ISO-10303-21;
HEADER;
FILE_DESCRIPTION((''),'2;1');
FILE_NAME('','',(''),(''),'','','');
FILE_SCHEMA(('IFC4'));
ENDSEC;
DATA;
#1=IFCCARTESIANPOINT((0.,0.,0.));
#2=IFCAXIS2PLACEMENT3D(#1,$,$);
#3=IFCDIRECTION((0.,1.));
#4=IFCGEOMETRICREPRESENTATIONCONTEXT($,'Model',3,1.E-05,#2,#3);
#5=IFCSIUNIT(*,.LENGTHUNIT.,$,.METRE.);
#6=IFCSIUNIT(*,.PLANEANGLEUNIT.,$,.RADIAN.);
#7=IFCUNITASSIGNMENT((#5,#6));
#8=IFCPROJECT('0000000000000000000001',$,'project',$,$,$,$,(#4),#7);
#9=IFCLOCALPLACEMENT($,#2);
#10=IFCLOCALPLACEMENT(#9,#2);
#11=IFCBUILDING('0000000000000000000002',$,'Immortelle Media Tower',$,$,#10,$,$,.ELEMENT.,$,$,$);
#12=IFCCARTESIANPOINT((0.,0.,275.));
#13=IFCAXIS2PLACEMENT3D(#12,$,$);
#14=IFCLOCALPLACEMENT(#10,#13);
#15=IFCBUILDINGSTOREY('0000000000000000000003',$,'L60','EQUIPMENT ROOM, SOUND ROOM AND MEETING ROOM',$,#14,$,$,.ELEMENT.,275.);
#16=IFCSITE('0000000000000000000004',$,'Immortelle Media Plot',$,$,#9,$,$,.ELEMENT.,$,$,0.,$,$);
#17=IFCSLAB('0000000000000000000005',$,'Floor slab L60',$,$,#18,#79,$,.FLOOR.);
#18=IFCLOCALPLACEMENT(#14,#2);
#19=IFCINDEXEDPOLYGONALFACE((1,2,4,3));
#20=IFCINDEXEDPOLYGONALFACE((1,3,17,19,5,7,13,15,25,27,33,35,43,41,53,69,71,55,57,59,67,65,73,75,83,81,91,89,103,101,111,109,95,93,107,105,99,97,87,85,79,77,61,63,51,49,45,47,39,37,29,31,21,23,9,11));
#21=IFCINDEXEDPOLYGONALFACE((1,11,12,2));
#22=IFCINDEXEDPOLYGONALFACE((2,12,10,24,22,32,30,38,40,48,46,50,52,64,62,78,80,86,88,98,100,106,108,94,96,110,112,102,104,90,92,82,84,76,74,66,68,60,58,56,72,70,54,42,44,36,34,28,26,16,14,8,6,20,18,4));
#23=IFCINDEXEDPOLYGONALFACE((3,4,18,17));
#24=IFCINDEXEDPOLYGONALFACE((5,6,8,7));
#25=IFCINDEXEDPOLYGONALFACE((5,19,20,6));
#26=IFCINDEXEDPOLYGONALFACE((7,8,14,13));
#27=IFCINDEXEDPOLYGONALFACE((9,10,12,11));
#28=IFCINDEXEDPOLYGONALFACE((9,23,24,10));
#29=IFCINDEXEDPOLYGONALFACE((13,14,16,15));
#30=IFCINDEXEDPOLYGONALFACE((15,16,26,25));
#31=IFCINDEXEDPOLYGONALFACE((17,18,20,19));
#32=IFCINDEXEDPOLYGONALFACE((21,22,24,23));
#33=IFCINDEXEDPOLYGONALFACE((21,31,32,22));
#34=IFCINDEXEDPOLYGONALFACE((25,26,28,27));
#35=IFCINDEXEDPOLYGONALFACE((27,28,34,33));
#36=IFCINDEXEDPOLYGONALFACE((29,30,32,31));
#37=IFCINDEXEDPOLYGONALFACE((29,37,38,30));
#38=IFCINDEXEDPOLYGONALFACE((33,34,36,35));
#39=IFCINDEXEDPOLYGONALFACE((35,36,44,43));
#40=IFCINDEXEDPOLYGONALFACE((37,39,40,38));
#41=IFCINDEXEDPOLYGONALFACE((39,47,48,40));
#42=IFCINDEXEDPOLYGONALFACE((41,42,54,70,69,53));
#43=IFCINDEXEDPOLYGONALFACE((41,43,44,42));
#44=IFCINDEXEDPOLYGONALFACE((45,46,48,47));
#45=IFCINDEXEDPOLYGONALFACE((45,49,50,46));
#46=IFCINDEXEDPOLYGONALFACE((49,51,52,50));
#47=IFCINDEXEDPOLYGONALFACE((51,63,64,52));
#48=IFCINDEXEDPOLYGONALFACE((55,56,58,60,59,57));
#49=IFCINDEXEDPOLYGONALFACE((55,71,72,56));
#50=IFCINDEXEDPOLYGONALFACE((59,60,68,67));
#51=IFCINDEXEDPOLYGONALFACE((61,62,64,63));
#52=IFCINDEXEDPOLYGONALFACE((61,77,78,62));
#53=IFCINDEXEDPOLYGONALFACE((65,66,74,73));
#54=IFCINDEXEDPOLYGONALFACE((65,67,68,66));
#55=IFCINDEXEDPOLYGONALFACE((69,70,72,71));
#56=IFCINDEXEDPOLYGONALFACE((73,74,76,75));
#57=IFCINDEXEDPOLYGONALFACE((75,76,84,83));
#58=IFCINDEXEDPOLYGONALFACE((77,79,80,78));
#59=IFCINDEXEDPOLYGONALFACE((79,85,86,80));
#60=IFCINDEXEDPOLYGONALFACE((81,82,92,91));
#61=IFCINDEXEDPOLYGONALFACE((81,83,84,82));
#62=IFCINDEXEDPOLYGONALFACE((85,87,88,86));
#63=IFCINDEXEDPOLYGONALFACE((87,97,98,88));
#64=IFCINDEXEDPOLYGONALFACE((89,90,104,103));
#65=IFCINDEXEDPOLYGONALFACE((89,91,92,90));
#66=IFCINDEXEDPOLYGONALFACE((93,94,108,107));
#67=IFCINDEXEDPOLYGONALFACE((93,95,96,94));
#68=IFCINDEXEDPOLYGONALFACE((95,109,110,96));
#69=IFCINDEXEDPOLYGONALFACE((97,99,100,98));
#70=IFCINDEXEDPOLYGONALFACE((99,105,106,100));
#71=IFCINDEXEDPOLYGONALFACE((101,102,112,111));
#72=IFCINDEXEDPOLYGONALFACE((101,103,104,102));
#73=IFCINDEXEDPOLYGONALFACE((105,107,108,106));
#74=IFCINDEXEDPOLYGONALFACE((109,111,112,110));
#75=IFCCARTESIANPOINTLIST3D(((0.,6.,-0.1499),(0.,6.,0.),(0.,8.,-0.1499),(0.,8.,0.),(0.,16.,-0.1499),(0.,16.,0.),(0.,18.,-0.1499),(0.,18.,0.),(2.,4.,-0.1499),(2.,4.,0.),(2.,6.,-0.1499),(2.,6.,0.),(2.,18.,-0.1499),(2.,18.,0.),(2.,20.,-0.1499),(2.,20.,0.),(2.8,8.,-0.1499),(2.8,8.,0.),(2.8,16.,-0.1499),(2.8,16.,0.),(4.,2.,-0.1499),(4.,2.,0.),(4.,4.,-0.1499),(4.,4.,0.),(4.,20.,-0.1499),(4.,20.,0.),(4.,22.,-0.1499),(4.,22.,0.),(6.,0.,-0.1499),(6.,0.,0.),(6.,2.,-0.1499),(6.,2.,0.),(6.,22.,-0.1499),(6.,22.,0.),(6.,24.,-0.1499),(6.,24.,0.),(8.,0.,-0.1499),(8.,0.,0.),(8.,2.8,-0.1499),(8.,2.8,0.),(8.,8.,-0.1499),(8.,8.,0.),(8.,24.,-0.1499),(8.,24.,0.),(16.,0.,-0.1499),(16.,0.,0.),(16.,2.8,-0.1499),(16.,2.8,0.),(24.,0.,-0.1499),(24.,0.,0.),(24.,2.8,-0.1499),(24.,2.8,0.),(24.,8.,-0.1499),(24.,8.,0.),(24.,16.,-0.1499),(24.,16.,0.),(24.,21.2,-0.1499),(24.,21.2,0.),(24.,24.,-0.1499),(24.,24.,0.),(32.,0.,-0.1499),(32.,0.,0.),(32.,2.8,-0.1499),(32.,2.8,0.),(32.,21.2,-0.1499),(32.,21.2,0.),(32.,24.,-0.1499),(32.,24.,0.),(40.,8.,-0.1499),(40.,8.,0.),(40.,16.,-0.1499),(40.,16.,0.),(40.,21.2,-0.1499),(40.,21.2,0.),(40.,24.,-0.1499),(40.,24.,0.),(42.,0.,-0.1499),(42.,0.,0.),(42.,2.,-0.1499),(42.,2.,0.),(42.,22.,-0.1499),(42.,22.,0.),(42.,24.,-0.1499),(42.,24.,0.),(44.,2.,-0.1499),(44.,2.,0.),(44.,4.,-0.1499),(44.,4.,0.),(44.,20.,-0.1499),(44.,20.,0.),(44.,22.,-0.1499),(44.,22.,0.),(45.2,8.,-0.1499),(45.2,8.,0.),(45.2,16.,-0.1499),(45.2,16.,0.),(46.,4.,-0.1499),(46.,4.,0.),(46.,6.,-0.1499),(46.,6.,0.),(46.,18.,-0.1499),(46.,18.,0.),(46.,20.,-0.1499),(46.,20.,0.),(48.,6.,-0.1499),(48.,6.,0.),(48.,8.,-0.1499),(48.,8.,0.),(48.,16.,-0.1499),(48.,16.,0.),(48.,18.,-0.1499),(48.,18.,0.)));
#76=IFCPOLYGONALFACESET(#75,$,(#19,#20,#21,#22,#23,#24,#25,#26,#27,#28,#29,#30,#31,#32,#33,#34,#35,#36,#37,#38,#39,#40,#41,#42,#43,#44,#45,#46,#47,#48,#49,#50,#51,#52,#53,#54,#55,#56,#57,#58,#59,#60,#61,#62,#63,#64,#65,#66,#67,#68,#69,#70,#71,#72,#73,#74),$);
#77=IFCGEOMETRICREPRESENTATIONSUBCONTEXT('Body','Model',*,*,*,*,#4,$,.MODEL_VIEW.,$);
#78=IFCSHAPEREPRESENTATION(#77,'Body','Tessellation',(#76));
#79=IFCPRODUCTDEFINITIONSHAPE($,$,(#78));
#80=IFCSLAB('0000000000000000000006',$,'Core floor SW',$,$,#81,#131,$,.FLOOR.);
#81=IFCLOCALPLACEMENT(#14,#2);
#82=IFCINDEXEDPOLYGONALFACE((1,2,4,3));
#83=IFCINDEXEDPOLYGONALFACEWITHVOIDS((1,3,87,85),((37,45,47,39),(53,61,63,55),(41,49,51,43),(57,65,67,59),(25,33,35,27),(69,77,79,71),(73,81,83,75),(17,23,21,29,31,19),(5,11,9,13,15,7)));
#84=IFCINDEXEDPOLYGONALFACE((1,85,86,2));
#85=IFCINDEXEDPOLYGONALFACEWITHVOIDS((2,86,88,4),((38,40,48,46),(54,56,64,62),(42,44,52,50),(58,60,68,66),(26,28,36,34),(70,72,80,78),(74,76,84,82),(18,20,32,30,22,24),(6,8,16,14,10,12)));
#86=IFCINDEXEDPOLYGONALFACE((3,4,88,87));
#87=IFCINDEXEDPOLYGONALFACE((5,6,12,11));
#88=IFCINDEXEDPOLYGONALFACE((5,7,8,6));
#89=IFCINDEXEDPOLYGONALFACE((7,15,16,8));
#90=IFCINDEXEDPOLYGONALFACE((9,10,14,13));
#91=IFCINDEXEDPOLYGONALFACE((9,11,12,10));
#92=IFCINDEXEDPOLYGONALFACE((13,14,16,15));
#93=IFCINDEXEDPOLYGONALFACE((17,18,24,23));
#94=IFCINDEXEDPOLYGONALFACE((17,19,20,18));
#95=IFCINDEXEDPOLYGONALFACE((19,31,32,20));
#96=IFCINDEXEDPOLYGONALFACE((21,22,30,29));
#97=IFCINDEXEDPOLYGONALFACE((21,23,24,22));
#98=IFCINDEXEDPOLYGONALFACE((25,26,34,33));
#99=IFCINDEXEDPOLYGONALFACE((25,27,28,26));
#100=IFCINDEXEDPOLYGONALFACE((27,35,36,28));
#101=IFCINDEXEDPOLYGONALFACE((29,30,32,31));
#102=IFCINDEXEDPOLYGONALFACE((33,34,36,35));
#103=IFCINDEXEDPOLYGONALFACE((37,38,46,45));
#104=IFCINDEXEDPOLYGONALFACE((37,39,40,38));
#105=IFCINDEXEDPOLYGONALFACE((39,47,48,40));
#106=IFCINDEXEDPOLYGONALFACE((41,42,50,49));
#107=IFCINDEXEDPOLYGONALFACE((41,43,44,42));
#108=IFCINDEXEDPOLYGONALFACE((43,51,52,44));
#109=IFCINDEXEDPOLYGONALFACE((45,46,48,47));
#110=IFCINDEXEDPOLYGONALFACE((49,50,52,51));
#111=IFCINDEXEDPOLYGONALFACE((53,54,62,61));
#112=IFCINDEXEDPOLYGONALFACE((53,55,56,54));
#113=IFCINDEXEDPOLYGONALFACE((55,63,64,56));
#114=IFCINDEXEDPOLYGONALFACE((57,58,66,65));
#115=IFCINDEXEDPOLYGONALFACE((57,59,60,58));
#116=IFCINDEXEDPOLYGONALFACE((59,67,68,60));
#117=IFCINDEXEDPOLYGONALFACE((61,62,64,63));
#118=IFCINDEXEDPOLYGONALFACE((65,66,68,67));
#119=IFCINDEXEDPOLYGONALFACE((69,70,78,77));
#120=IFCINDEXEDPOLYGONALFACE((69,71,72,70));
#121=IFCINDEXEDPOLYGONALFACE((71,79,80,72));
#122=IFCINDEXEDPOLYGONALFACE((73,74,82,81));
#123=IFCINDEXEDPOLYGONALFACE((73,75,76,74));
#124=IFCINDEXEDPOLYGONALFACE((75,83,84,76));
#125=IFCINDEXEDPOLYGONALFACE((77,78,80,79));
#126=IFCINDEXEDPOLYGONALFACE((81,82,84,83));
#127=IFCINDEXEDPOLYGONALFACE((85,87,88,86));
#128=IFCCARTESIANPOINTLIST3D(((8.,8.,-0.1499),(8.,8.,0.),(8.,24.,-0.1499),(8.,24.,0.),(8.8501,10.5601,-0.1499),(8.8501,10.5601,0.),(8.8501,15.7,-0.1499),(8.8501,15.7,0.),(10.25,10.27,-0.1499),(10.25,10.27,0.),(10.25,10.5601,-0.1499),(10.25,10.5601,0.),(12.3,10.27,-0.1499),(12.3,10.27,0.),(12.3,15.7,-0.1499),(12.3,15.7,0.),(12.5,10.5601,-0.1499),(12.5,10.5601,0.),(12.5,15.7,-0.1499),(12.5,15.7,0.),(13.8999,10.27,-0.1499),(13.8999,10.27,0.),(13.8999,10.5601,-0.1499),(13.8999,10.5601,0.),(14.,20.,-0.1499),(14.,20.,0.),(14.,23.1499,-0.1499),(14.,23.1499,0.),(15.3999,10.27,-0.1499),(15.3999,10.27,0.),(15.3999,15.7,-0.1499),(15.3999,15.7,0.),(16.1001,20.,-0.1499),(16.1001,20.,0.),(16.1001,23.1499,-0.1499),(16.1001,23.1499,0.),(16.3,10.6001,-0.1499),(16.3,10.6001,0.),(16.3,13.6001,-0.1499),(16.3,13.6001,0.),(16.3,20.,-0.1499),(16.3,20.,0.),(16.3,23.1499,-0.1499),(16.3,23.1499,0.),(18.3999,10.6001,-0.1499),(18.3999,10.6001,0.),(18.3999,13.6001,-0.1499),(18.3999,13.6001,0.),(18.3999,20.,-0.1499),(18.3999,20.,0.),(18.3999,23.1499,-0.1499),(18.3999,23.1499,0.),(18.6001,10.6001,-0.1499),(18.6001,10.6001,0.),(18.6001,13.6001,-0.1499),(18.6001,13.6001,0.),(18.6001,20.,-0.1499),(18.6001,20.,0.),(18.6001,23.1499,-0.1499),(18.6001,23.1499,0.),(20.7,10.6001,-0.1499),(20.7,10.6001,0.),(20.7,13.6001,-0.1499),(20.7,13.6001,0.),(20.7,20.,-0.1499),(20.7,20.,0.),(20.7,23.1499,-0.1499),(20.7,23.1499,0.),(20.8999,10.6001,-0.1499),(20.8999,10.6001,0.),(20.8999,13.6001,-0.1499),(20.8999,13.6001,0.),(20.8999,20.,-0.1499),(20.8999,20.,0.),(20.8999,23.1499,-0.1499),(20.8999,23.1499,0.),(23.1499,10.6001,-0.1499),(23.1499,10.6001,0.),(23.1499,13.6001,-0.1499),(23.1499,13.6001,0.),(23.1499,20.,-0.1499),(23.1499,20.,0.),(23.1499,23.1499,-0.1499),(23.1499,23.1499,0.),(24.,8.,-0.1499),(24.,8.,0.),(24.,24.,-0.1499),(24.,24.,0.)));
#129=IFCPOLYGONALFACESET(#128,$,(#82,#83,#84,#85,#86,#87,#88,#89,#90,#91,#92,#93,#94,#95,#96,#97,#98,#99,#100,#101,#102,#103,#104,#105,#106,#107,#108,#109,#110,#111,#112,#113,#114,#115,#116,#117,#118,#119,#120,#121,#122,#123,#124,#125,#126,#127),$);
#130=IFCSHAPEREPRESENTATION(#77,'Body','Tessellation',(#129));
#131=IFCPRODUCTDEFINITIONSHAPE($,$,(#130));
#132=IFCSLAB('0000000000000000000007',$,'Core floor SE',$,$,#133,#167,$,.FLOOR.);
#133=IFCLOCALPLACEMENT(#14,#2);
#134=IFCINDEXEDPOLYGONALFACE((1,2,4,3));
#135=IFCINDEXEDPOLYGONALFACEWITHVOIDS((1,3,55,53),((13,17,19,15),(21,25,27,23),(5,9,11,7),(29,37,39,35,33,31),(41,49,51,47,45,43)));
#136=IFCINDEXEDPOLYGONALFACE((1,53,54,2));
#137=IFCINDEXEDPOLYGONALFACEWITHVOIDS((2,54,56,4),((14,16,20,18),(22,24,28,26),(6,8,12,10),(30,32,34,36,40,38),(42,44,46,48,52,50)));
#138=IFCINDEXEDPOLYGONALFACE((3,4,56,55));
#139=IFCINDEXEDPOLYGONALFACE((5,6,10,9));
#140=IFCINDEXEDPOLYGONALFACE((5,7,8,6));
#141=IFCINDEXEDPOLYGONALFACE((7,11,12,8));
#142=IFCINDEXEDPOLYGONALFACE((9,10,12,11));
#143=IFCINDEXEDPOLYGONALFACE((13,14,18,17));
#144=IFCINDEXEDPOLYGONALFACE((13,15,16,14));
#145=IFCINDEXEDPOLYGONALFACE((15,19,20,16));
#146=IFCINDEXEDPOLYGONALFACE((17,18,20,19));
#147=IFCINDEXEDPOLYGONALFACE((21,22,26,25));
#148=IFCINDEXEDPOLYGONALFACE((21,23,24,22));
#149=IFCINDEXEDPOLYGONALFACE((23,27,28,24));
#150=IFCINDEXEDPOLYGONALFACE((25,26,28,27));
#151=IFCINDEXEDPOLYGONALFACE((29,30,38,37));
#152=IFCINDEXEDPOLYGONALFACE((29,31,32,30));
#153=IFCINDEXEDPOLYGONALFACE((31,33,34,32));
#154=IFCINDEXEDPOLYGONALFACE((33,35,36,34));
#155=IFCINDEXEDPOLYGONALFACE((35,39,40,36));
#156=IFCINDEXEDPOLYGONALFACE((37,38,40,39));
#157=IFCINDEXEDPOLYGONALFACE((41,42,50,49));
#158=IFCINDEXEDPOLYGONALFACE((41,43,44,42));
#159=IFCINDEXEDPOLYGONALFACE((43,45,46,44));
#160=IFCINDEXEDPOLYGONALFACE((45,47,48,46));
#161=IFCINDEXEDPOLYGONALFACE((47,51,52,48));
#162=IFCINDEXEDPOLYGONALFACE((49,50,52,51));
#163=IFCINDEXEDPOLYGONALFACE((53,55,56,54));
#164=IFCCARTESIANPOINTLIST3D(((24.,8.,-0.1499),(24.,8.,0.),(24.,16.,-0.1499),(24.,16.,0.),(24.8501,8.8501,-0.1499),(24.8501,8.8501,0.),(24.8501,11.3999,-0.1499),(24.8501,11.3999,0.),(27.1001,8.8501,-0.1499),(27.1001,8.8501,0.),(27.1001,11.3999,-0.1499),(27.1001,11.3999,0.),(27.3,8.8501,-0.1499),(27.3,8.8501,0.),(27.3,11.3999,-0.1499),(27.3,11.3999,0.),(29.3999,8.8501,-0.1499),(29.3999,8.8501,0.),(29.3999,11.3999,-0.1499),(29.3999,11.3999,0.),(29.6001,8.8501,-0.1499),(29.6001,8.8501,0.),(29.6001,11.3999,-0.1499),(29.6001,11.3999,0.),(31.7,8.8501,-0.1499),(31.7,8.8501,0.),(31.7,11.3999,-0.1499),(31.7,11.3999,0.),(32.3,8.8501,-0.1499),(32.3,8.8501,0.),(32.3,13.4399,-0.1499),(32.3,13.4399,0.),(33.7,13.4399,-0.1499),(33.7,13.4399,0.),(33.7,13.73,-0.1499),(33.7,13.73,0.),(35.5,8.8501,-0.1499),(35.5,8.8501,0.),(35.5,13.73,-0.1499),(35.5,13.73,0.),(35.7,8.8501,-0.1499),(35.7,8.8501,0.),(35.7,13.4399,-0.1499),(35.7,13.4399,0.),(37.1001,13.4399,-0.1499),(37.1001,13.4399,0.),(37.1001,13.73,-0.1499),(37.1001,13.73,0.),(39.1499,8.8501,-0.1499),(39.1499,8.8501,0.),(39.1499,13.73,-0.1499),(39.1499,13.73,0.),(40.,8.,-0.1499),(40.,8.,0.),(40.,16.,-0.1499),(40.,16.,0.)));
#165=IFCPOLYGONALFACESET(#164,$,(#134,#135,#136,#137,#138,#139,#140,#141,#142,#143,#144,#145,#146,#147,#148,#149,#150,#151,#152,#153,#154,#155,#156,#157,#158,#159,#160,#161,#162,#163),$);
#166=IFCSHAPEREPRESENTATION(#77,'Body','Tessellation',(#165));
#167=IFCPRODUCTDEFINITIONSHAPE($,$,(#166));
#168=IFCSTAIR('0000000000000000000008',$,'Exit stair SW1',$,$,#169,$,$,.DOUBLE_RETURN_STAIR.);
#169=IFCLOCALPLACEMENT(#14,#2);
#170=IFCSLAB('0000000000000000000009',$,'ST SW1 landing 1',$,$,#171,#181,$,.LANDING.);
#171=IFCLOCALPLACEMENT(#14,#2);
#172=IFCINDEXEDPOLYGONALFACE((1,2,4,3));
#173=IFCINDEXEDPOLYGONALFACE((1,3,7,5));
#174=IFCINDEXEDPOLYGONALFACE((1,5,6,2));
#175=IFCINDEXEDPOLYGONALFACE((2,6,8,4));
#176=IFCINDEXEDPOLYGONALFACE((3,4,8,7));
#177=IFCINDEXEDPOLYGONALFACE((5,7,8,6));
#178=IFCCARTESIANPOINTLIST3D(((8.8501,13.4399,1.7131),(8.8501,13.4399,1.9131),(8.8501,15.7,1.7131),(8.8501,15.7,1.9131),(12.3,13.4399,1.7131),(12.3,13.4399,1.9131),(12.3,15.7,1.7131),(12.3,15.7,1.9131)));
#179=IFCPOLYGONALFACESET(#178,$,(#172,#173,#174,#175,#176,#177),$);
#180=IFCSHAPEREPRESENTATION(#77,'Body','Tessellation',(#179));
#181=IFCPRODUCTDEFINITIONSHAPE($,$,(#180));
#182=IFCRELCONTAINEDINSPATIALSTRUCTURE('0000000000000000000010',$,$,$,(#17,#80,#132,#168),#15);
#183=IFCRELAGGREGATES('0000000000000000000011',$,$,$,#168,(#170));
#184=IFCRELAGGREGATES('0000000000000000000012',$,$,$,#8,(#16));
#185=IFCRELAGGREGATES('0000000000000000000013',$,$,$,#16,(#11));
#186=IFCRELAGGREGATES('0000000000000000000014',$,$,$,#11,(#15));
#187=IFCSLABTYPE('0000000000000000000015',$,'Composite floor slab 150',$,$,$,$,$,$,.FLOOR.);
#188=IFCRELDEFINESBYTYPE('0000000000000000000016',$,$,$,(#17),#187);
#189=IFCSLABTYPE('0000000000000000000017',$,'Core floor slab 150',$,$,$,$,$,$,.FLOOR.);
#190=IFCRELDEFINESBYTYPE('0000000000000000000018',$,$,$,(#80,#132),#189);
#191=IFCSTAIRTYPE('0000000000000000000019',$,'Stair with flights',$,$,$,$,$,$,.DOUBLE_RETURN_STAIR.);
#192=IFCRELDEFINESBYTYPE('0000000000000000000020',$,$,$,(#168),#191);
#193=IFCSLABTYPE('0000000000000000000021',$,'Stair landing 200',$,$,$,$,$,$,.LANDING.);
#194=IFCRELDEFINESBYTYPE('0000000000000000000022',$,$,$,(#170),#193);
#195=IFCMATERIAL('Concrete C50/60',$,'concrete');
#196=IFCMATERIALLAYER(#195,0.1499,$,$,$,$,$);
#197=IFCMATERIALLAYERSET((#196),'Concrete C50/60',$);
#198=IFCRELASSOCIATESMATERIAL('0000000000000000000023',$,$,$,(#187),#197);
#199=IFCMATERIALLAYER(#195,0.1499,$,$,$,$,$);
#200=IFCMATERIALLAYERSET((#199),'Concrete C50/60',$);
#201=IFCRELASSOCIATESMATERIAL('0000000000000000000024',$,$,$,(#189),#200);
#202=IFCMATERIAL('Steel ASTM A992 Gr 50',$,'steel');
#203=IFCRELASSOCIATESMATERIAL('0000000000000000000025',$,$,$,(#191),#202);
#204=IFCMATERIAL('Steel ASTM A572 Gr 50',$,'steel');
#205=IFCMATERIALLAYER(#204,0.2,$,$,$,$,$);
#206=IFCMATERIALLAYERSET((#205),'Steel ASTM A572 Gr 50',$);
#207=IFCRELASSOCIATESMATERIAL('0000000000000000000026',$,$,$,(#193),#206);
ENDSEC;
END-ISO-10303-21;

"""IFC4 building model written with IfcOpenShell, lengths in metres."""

from ifc_helpers import new_model, si_unit, direction, frame, origin, place, context, subcontext, project, spatial, polyline, outline, extrude, material, layer, layer_set, type_object, element, aggregate, save


model = new_model("IFC4")

# Units and contexts
model_context = context("Model", 3, precision=1e-05, world=origin(), true_north=direction((0.0, 1.0)))
body_context = subcontext(model_context, "Body", "Model", "MODEL_VIEW")
ifc_project = project(units=[si_unit("LENGTHUNIT", "METRE"), si_unit("PLANEANGLEUNIT", "RADIAN")], contexts=[model_context])

# Site, building, storey
site_placement = place(None, origin())
site = spatial("IfcSite", under=ifc_project, at=site_placement, Name="Immortelle Media Plot", CompositionType="ELEMENT", RefElevation=0.0)
building_placement = place(site_placement, origin())
building = spatial("IfcBuilding", under=site, at=building_placement, Name="Immortelle Media Tower", CompositionType="ELEMENT")
storey_placement = place(building_placement, frame((0.0, 0.0, 275.0)))
storey = spatial("IfcBuildingStorey", under=building, at=storey_placement, Name="L60", Description="EQUIPMENT ROOM, SOUND ROOM AND MEETING ROOM", CompositionType="ELEMENT", Elevation=275.0)

# Shared definitions
ifc_material_1 = material(Name="Steel ASTM A992 Gr 50", Category="steel")

# Slabs
ifc_material_2 = material(Name="Concrete C50/60", Category="concrete")
ifc_layer_1 = layer(ifc_material_2, 0.1499)
ifc_layer_set_1 = layer_set([ifc_layer_1], Name="Concrete C50/60")
slab_type_1 = type_object("IfcSlabType", Name="Composite floor slab 150", PredefinedType="FLOOR", material=ifc_layer_set_1)
slab_1_placement = place(storey_placement, frame((0.0, 0.0, -0.1499)))
element("IfcSlab", 1, at=slab_1_placement, inside=storey, type_object=slab_type_1, Name="Floor slab L60", PredefinedType="FLOOR", context=body_context, shape_type="SweptSolid", body=[
    extrude(outline(polyline([(6.0, 0.0), (6.0, 2.0), (4.0, 2.0), (4.0, 4.0), (2.0, 4.0), (2.0, 6.0), (0.0, 6.0), (0.0, 8.0), (2.8, 8.0), (2.8, 16.0), (0.0, 16.0), (0.0, 18.0), (2.0, 18.0), (2.0, 20.0), (4.0, 20.0), (4.0, 22.0), (6.0, 22.0), (6.0, 24.0), (8.0, 24.0), (8.0, 8.0), (24.0, 8.0), (40.0, 8.0), (40.0, 16.0), (24.0, 16.0), (24.0, 21.2), (24.0, 24.0), (32.0, 24.0), (32.0, 21.2), (40.0, 21.2), (40.0, 24.0), (42.0, 24.0), (42.0, 22.0), (44.0, 22.0), (44.0, 20.0), (46.0, 20.0), (46.0, 18.0), (48.0, 18.0), (48.0, 16.0), (45.2, 16.0), (45.2, 8.0), (48.0, 8.0), (48.0, 6.0), (46.0, 6.0), (46.0, 4.0), (44.0, 4.0), (44.0, 2.0), (42.0, 2.0), (42.0, 0.0), (32.0, 0.0), (32.0, 2.8), (24.0, 2.8), (24.0, 0.0), (16.0, 0.0), (16.0, 2.8), (8.0, 2.8), (8.0, 0.0), (6.0, 0.0)])), origin(), (0.0, 0.0, 1.0), 0.1499),
])
ifc_layer_2 = layer(ifc_material_2, 0.1499)
ifc_layer_set_2 = layer_set([ifc_layer_2], Name="Concrete C50/60")
slab_type_2 = type_object("IfcSlabType", Name="Core floor slab 150", PredefinedType="FLOOR", material=ifc_layer_set_2)
slab_2_placement = place(storey_placement, frame((0.0, 0.0, -0.1499)))
element("IfcSlab", 2, at=slab_2_placement, inside=storey, type_object=slab_type_2, Name="Core floor SW", PredefinedType="FLOOR", context=body_context, shape_type="SweptSolid", body=[
    extrude(outline(polyline([(8.0, 8.0), (24.0, 8.0), (24.0, 24.0), (8.0, 24.0), (8.0, 8.0)]), holes=[polyline([(14.0, 20.0), (16.1001, 20.0), (16.1001, 23.1499), (14.0, 23.1499), (14.0, 20.0)]), polyline([(16.3, 20.0), (18.3999, 20.0), (18.3999, 23.1499), (16.3, 23.1499), (16.3, 20.0)]), polyline([(18.6001, 20.0), (20.7, 20.0), (20.7, 23.1499), (18.6001, 23.1499), (18.6001, 20.0)]), polyline([(20.8999, 20.0), (23.1499, 20.0), (23.1499, 23.1499), (20.8999, 23.1499), (20.8999, 20.0)]), polyline([(16.3, 10.6001), (18.3999, 10.6001), (18.3999, 13.6001), (16.3, 13.6001), (16.3, 10.6001)]), polyline([(18.6001, 10.6001), (20.7, 10.6001), (20.7, 13.6001), (18.6001, 13.6001), (18.6001, 10.6001)]), polyline([(20.8999, 10.6001), (23.1499, 10.6001), (23.1499, 13.6001), (20.8999, 13.6001), (20.8999, 10.6001)]), polyline([(8.8501, 15.7), (12.3, 15.7), (12.3, 10.27), (10.25, 10.27), (10.25, 10.5601), (8.8501, 10.5601), (8.8501, 15.7)]), polyline([(12.5, 15.7), (15.3999, 15.7), (15.3999, 10.27), (13.8999, 10.27), (13.8999, 10.5601), (12.5, 10.5601), (12.5, 15.7)])]), origin(), (0.0, 0.0, 1.0), 0.1499),
])
slab_3_placement = place(storey_placement, frame((0.0, 0.0, -0.1499)))
element("IfcSlab", 3, at=slab_3_placement, inside=storey, type_object=slab_type_2, Name="Core floor SE", PredefinedType="FLOOR", context=body_context, shape_type="SweptSolid", body=[
    extrude(outline(polyline([(24.0, 8.0), (40.0, 8.0), (40.0, 16.0), (24.0, 16.0), (24.0, 8.0)]), holes=[polyline([(24.8501, 8.8501), (27.1001, 8.8501), (27.1001, 11.3999), (24.8501, 11.3999), (24.8501, 8.8501)]), polyline([(27.3, 8.8501), (29.3999, 8.8501), (29.3999, 11.3999), (27.3, 11.3999), (27.3, 8.8501)]), polyline([(29.6001, 8.8501), (31.7, 8.8501), (31.7, 11.3999), (29.6001, 11.3999), (29.6001, 8.8501)]), polyline([(35.5, 13.73), (35.5, 8.8501), (32.3, 8.8501), (32.3, 13.4399), (33.7, 13.4399), (33.7, 13.73), (35.5, 13.73)]), polyline([(39.1499, 13.73), (39.1499, 8.8501), (35.7, 8.8501), (35.7, 13.4399), (37.1001, 13.4399), (37.1001, 13.73), (39.1499, 13.73)])]), origin(), (0.0, 0.0, 1.0), 0.1499),
])

# Stair, slab
stair_type = type_object("IfcStairType", Name="Stair with flights", PredefinedType="DOUBLE_RETURN_STAIR", material=ifc_material_1)
stair_1_placement = place(storey_placement, origin())
stair_1 = element("IfcStair", 4, at=stair_1_placement, inside=storey, type_object=stair_type, Name="Exit stair SW1", PredefinedType="DOUBLE_RETURN_STAIR")
ifc_material_3 = material(Name="Steel ASTM A572 Gr 50", Category="steel")
ifc_layer_3 = layer(ifc_material_3, 0.2)
ifc_layer_set_3 = layer_set([ifc_layer_3], Name="Steel ASTM A572 Gr 50")
slab_type_3 = type_object("IfcSlabType", Name="Stair landing 200", PredefinedType="LANDING", material=ifc_layer_set_3)
slab_4_placement = place(storey_placement, frame((0.0, 0.0, 1.7131)))
slab_4 = element("IfcSlab", 5, at=slab_4_placement, type_object=slab_type_3, Name="ST SW1 landing 1", PredefinedType="LANDING", context=body_context, shape_type="SweptSolid", body=[
    extrude(outline(polyline([(8.8501, 13.4399), (12.3, 13.4399), (12.3, 15.7), (8.8501, 15.7), (8.8501, 13.4399)])), origin(), (0.0, 0.0, 1.0), 0.2),
])
aggregate(stair_1, [slab_4])

save(model, "model.ifc")
